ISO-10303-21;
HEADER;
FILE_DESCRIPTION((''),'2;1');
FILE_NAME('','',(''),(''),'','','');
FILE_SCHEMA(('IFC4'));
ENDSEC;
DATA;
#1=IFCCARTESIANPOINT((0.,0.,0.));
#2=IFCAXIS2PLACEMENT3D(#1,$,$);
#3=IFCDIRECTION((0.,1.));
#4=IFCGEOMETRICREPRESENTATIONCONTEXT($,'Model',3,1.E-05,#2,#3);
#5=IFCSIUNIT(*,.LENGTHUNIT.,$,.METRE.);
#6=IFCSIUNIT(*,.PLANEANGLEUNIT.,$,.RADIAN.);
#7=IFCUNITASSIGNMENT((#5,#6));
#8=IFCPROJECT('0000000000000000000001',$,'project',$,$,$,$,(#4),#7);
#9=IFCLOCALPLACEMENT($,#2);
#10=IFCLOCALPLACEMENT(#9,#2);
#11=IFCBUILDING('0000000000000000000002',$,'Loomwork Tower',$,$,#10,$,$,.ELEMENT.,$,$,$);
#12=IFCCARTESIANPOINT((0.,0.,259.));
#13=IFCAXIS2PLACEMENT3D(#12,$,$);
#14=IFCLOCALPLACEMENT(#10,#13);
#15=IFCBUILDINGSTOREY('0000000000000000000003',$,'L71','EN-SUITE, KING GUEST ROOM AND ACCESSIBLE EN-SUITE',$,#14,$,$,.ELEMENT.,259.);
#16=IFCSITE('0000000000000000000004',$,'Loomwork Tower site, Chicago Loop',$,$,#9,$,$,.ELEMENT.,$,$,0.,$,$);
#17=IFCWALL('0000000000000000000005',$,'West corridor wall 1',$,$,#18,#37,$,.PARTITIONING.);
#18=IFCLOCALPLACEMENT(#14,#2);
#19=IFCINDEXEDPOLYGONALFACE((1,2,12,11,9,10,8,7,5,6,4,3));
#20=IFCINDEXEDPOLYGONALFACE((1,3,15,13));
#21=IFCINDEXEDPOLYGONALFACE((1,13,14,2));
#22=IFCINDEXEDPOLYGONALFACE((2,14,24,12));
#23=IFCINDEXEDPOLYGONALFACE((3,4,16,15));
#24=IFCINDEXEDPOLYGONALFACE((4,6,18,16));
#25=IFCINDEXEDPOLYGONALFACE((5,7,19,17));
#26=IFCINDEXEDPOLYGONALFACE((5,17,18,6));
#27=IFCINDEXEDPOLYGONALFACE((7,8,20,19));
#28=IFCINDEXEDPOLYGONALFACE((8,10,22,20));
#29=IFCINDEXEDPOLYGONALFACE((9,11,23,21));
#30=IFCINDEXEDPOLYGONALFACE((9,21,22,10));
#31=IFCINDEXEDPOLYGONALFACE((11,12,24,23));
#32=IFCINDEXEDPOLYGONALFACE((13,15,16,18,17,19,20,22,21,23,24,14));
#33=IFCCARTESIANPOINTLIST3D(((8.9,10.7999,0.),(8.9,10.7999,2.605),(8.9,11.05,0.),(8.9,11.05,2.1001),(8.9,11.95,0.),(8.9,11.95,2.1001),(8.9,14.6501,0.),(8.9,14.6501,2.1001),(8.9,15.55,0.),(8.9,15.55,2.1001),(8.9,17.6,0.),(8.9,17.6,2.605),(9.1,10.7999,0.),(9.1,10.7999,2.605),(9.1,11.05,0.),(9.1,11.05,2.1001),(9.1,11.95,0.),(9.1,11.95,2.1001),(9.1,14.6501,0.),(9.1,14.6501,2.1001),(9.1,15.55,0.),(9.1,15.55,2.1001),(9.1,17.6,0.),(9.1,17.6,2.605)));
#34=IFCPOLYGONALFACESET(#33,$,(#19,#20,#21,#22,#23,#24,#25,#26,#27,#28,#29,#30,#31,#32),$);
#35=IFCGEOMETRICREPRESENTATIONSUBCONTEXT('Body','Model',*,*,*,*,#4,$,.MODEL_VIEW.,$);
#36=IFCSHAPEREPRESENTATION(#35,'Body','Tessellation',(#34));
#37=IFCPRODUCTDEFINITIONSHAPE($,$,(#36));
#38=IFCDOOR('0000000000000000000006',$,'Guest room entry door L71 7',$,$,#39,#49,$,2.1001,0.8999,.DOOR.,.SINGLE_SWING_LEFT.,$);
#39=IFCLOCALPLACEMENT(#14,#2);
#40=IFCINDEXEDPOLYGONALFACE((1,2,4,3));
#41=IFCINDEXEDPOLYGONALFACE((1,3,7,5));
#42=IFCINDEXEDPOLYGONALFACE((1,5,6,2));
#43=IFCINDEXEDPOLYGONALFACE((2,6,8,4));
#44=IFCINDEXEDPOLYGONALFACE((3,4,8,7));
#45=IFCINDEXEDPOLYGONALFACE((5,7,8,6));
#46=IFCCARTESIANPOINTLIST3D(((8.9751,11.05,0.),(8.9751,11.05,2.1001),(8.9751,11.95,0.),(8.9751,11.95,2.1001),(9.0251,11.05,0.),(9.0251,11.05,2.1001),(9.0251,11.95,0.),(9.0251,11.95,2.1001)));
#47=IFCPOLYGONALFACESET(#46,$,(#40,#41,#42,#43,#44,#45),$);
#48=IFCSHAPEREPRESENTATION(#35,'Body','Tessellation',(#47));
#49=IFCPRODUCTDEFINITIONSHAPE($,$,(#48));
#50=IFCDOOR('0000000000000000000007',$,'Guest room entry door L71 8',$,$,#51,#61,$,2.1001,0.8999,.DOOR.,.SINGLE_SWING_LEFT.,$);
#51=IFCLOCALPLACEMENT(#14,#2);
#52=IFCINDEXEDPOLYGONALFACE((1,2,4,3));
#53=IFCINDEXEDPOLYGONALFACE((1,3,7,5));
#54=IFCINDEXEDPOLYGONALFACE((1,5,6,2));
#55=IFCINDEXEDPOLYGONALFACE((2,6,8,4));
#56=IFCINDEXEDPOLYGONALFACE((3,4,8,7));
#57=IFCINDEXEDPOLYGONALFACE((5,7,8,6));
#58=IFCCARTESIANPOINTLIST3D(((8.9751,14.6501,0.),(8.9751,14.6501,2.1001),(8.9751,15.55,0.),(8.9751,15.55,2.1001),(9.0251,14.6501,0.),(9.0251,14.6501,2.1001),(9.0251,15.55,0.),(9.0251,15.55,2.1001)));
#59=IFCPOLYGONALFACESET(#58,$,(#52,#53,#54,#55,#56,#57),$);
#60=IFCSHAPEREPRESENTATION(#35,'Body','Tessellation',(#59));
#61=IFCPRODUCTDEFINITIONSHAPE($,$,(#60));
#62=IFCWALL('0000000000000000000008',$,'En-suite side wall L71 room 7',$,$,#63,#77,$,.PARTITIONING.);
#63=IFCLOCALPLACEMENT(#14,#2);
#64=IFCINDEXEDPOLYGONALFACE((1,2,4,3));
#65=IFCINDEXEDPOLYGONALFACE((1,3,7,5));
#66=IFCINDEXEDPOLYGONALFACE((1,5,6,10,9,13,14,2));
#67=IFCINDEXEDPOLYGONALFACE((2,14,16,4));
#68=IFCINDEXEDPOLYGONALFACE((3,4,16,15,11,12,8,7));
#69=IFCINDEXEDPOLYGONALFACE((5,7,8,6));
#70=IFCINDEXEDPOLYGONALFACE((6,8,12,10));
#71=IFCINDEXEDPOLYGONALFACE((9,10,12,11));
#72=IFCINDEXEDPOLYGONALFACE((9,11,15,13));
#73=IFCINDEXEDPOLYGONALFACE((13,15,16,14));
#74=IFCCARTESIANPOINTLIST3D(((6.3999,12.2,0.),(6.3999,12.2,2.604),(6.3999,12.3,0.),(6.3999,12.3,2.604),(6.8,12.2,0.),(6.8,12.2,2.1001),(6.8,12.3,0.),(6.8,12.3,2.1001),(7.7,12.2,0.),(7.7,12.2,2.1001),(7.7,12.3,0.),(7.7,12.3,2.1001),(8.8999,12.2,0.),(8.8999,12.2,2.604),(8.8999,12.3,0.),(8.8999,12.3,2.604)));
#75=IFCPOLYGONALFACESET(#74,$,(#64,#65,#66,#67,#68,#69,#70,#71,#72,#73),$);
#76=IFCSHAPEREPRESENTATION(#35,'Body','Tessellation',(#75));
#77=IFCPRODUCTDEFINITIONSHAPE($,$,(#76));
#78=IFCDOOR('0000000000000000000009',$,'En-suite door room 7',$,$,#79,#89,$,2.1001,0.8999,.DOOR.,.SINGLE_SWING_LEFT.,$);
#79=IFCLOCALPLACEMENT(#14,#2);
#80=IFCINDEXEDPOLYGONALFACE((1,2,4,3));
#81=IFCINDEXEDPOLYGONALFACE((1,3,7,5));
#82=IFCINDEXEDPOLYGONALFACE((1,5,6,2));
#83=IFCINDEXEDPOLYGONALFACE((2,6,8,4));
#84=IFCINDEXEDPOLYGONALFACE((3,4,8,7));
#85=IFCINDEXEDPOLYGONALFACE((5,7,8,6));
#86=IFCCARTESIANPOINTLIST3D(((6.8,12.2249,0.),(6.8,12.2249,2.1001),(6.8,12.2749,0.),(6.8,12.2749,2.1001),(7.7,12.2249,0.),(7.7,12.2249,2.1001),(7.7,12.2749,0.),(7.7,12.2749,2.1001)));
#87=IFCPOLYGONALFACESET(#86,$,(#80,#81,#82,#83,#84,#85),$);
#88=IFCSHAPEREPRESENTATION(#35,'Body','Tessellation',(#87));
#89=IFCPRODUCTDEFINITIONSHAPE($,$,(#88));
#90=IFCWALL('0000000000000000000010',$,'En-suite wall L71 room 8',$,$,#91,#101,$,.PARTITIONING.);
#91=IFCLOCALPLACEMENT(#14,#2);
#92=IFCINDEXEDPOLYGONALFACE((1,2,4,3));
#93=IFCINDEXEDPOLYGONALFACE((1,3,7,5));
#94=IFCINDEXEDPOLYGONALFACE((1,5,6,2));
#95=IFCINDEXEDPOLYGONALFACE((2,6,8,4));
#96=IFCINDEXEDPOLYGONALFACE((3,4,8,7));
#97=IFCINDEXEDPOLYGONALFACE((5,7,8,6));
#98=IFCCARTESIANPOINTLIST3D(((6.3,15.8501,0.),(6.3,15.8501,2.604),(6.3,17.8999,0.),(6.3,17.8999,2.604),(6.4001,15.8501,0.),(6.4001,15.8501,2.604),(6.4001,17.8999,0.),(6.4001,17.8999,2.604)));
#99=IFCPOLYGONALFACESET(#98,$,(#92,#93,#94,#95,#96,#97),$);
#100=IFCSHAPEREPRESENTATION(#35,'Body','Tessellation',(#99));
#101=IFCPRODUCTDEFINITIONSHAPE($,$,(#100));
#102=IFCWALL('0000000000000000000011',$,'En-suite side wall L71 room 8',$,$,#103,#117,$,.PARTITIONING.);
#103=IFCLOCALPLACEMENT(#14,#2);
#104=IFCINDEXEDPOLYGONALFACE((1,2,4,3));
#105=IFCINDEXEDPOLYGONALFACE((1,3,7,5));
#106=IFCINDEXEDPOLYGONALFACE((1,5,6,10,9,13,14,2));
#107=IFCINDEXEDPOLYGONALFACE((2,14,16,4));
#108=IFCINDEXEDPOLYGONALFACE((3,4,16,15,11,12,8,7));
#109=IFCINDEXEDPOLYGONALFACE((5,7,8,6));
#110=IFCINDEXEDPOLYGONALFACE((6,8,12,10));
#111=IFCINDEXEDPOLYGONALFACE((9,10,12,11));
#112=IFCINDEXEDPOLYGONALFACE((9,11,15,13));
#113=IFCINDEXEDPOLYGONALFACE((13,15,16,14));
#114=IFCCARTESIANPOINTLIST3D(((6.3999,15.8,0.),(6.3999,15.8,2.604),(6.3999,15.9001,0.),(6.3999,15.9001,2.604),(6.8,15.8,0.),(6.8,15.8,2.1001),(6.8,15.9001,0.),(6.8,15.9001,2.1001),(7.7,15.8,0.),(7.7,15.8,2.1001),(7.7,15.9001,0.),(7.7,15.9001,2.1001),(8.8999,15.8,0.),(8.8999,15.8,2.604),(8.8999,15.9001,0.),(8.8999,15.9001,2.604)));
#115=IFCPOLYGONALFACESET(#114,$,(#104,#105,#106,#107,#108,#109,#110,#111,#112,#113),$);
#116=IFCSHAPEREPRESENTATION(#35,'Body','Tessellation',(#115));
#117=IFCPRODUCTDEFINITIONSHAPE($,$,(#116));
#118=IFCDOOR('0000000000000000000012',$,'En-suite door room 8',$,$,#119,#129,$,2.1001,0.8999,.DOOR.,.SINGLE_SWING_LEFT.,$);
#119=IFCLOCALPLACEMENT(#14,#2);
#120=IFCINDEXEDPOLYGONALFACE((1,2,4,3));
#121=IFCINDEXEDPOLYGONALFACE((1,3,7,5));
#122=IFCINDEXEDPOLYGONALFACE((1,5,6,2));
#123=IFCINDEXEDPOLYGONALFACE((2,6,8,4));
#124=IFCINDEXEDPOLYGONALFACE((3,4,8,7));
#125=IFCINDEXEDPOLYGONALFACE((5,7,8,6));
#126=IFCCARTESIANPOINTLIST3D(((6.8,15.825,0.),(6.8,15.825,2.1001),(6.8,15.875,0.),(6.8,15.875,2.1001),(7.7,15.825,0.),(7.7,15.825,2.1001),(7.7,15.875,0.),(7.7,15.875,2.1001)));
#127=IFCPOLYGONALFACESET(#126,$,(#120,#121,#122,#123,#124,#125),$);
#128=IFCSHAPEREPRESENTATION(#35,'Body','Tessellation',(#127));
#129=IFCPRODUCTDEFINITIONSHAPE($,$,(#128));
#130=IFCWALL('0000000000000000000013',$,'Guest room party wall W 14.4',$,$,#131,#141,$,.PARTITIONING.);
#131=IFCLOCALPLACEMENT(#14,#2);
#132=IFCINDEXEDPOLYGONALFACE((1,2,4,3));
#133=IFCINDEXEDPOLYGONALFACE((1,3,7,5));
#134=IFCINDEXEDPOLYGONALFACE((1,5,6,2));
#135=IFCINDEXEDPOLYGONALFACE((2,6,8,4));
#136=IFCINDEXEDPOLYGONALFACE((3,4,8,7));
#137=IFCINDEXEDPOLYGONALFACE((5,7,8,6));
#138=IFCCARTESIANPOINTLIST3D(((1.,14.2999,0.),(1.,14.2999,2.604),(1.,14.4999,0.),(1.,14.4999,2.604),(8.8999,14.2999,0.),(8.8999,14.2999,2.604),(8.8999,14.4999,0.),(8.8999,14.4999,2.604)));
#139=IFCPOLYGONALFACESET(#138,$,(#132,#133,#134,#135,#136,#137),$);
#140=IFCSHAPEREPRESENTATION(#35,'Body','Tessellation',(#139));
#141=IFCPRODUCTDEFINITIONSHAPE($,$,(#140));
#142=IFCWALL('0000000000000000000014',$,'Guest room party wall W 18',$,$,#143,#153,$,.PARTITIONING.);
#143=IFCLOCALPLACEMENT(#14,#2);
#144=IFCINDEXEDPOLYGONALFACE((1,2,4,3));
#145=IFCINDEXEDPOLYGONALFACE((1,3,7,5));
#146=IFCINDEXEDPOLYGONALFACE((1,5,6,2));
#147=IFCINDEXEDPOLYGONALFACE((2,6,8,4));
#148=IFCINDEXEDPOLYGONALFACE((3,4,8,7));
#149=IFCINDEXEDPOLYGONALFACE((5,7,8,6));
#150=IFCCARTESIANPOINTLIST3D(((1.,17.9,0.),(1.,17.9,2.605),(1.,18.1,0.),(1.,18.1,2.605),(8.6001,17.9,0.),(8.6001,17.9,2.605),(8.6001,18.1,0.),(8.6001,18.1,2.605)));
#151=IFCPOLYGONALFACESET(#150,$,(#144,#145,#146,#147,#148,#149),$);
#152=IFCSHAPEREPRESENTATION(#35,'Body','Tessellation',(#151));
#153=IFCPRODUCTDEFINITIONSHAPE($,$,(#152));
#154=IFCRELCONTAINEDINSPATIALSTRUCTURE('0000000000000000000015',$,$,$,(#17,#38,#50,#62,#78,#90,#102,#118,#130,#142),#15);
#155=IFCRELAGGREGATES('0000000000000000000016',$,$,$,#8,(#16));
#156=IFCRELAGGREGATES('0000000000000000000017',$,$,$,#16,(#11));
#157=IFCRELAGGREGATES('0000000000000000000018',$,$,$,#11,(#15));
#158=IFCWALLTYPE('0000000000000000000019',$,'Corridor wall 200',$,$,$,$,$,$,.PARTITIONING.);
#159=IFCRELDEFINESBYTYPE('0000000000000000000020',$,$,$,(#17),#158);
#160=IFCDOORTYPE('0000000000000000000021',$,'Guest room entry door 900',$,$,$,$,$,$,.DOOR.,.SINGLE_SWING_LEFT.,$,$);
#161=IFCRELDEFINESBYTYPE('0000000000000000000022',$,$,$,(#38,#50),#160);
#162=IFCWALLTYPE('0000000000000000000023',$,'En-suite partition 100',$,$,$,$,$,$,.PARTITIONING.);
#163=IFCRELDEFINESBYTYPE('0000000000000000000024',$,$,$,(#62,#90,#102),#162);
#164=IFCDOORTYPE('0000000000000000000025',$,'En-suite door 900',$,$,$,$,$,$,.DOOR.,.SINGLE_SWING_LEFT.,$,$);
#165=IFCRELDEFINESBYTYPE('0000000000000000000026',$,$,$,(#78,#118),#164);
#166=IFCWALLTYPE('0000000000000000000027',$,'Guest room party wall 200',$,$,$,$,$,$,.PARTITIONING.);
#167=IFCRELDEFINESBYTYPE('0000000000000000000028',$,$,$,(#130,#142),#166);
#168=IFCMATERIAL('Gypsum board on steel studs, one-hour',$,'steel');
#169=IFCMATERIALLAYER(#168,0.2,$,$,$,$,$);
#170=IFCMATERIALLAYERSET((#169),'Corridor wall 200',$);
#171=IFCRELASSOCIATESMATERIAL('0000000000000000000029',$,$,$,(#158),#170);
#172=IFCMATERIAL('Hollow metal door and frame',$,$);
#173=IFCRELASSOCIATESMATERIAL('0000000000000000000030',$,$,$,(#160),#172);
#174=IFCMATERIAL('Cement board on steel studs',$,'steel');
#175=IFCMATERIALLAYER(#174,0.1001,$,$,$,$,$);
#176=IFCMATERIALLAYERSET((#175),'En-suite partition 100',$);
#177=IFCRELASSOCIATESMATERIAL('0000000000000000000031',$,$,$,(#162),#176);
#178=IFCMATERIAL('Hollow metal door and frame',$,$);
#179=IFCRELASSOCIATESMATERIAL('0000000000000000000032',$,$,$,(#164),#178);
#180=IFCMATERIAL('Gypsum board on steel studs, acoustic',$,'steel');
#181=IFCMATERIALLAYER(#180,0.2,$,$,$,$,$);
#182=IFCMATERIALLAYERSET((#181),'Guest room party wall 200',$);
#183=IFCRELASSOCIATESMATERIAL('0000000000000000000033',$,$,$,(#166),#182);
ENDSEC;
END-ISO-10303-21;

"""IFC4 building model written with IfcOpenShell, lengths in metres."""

from ifc_helpers import new_model, si_unit, direction, frame, frame_2d, origin, place, context, subcontext, project, spatial, rectangle, extrude, material, layer, layer_set, type_object, element, fill, save


model = new_model("IFC4")

# Units and contexts
model_context = context("Model", 3, precision=1e-05, world=origin(), true_north=direction((0.0, 1.0)))
body_context = subcontext(model_context, "Body", "Model", "MODEL_VIEW")
ifc_project = project(units=[si_unit("LENGTHUNIT", "METRE"), si_unit("PLANEANGLEUNIT", "RADIAN")], contexts=[model_context])

# Site, building, storey
site_placement = place(None, origin())
site = spatial("IfcSite", under=ifc_project, at=site_placement, Name="Loomwork Tower site, Chicago Loop", CompositionType="ELEMENT", RefElevation=0.0)
building_placement = place(site_placement, origin())
building = spatial("IfcBuilding", under=site, at=building_placement, Name="Loomwork Tower", CompositionType="ELEMENT")
storey_placement = place(building_placement, frame((0.0, 0.0, 259.0)))
storey = spatial("IfcBuildingStorey", under=building, at=storey_placement, Name="L71", Description="EN-SUITE, KING GUEST ROOM AND ACCESSIBLE EN-SUITE", CompositionType="ELEMENT", Elevation=259.0)

# Wall, openings, doors
ifc_material_1 = material(Name="Gypsum board on steel studs, one-hour", Category="steel")
ifc_layer_1 = layer(ifc_material_1, 0.2)
ifc_layer_set_1 = layer_set([ifc_layer_1], Name="Corridor wall 200")
wall_type_1 = type_object("IfcWallType", Name="Corridor wall 200", PredefinedType="PARTITIONING", material=ifc_layer_set_1)
wall_1_placement = place(storey_placement, frame((9.0, 10.8, 0.0), z_axis=(0.0, 0.0, 1.0), x_axis=(0.0, 1.0, 0.0)))
wall_1 = element("IfcWall", 1, at=wall_1_placement, inside=storey, type_object=wall_type_1, Name="West corridor wall 1", PredefinedType="PARTITIONING", context=body_context, shape_type="SweptSolid", body=[
    extrude(rectangle(XDim=6.8, YDim=0.2, at=frame_2d((3.3999, 0.0))), origin(), (0.0, 0.0, 1.0), 2.605),
])
opening_1_placement = place(wall_1_placement, frame((0.25, 0.0, 0.0)))
opening_1 = element("IfcOpeningElement", 2, at=opening_1_placement, cuts=wall_1, PredefinedType="OPENING", context=body_context, shape_type="SweptSolid", body=[
    extrude(rectangle(XDim=0.8999, YDim=2.1001, at=frame_2d((0.45, 1.05))), frame((0.0, 0.1099, 0.0), z_axis=(0.0, -1.0, 0.0), x_axis=(1.0, 0.0, 0.0)), (0.0, 0.0, 1.0), 0.22),
])
opening_2_placement = place(wall_1_placement, frame((3.8501, 0.0, 0.0)))
opening_2 = element("IfcOpeningElement", 3, at=opening_2_placement, cuts=wall_1, PredefinedType="OPENING", context=body_context, shape_type="SweptSolid", body=[
    extrude(rectangle(XDim=0.8999, YDim=2.1001, at=frame_2d((0.45, 1.05))), frame((0.0, 0.1099, 0.0), z_axis=(0.0, -1.0, 0.0), x_axis=(1.0, 0.0, 0.0)), (0.0, 0.0, 1.0), 0.22),
])
ifc_material_2 = material(Name="Hollow metal door and frame")
door_type_1 = type_object("IfcDoorType", Name="Guest room entry door 900", OperationType="SINGLE_SWING_LEFT", PredefinedType="DOOR", material=ifc_material_2)
door_1_placement = place(opening_1_placement, origin())
door_1 = element("IfcDoor", 4, at=door_1_placement, inside=storey, type_object=door_type_1, Name="Guest room entry door L71 7", OperationType="SINGLE_SWING_LEFT", OverallHeight=2.1001, OverallWidth=0.8999, PredefinedType="DOOR", context=body_context, shape_type="SweptSolid", body=[
    extrude(rectangle(XDim=0.8999, YDim=2.1001, at=frame_2d((0.45, 1.05))), frame((0.0, 0.0249, 0.0), z_axis=(0.0, -1.0, 0.0), x_axis=(1.0, 0.0, 0.0)), (0.0, 0.0, 1.0), 0.05),
])
fill(opening_1, door_1)
door_2_placement = place(opening_2_placement, origin())
door_2 = element("IfcDoor", 5, at=door_2_placement, inside=storey, type_object=door_type_1, Name="Guest room entry door L71 8", OperationType="SINGLE_SWING_LEFT", OverallHeight=2.1001, OverallWidth=0.8999, PredefinedType="DOOR", context=body_context, shape_type="SweptSolid", body=[
    extrude(rectangle(XDim=0.8999, YDim=2.1001, at=frame_2d((0.45, 1.05))), frame((0.0, 0.0249, 0.0), z_axis=(0.0, -1.0, 0.0), x_axis=(1.0, 0.0, 0.0)), (0.0, 0.0, 1.0), 0.05),
])
fill(opening_2, door_2)

# Wall, opening, door
ifc_material_3 = material(Name="Cement board on steel studs", Category="steel")
ifc_layer_2 = layer(ifc_material_3, 0.1001)
ifc_layer_set_2 = layer_set([ifc_layer_2], Name="En-suite partition 100")
wall_type_2 = type_object("IfcWallType", Name="En-suite partition 100", PredefinedType="PARTITIONING", material=ifc_layer_set_2)
wall_2_placement = place(storey_placement, frame((8.8999, 12.25, 0.0), z_axis=(0.0, 0.0, 1.0), x_axis=(-1.0, 0.0, 0.0)))
wall_2 = element("IfcWall", 6, at=wall_2_placement, inside=storey, type_object=wall_type_2, Name="En-suite side wall L71 room 7", PredefinedType="PARTITIONING", context=body_context, shape_type="SweptSolid", body=[
    extrude(rectangle(XDim=2.5, YDim=0.1001, at=frame_2d((1.25, 0.0))), origin(), (0.0, 0.0, 1.0), 2.604),
])
opening_3_placement = place(wall_2_placement, frame((1.2, 0.0, 0.0)))
opening_3 = element("IfcOpeningElement", 7, at=opening_3_placement, cuts=wall_2, PredefinedType="OPENING", context=body_context, shape_type="SweptSolid", body=[
    extrude(rectangle(XDim=0.8999, YDim=2.1001, at=frame_2d((0.45, 1.05))), frame((0.0, 0.0601, 0.0), z_axis=(0.0, -1.0, 0.0), x_axis=(1.0, 0.0, 0.0)), (0.0, 0.0, 1.0), 0.1201),
])
ifc_material_4 = material(Name="Hollow metal door and frame")
door_type_2 = type_object("IfcDoorType", Name="En-suite door 900", OperationType="SINGLE_SWING_LEFT", PredefinedType="DOOR", material=ifc_material_4)
door_3_placement = place(opening_3_placement, frame((0.8999, 0.0, 0.0), z_axis=(0.0, 0.0, 1.0), x_axis=(-1.0, 0.0, 0.0)))
door_3 = element("IfcDoor", 8, at=door_3_placement, inside=storey, type_object=door_type_2, Name="En-suite door room 7", OperationType="SINGLE_SWING_LEFT", OverallHeight=2.1001, OverallWidth=0.8999, PredefinedType="DOOR", context=body_context, shape_type="SweptSolid", body=[
    extrude(rectangle(XDim=0.8999, YDim=2.1001, at=frame_2d((0.45, 1.05))), frame((0.0, 0.0249, 0.0), z_axis=(0.0, -1.0, 0.0), x_axis=(1.0, 0.0, 0.0)), (0.0, 0.0, 1.0), 0.05),
])
fill(opening_3, door_3)

# Wall
wall_3_placement = place(storey_placement, frame((6.3501, 15.8501, 0.0), z_axis=(0.0, 0.0, 1.0), x_axis=(0.0, 1.0, 0.0)))
element("IfcWall", 9, at=wall_3_placement, inside=storey, type_object=wall_type_2, Name="En-suite wall L71 room 8", PredefinedType="PARTITIONING", context=body_context, shape_type="SweptSolid", body=[
    extrude(rectangle(XDim=2.0498, YDim=0.1001, at=frame_2d((1.0249, 0.0))), origin(), (0.0, 0.0, 1.0), 2.604),
])

# Wall, opening, door
wall_4_placement = place(storey_placement, frame((8.8999, 15.8501, 0.0), z_axis=(0.0, 0.0, 1.0), x_axis=(-1.0, 0.0, 0.0)))
wall_4 = element("IfcWall", 10, at=wall_4_placement, inside=storey, type_object=wall_type_2, Name="En-suite side wall L71 room 8", PredefinedType="PARTITIONING", context=body_context, shape_type="SweptSolid", body=[
    extrude(rectangle(XDim=2.5, YDim=0.1001, at=frame_2d((1.25, 0.0))), origin(), (0.0, 0.0, 1.0), 2.604),
])
opening_4_placement = place(wall_4_placement, frame((1.2, 0.0, 0.0)))
opening_4 = element("IfcOpeningElement", 11, at=opening_4_placement, cuts=wall_4, PredefinedType="OPENING", context=body_context, shape_type="SweptSolid", body=[
    extrude(rectangle(XDim=0.8999, YDim=2.1001, at=frame_2d((0.45, 1.05))), frame((0.0, 0.0601, 0.0), z_axis=(0.0, -1.0, 0.0), x_axis=(1.0, 0.0, 0.0)), (0.0, 0.0, 1.0), 0.1201),
])
door_4_placement = place(opening_4_placement, frame((0.8999, 0.0, 0.0), z_axis=(0.0, 0.0, 1.0), x_axis=(-1.0, 0.0, 0.0)))
door_4 = element("IfcDoor", 12, at=door_4_placement, inside=storey, type_object=door_type_2, Name="En-suite door room 8", OperationType="SINGLE_SWING_LEFT", OverallHeight=2.1001, OverallWidth=0.8999, PredefinedType="DOOR", context=body_context, shape_type="SweptSolid", body=[
    extrude(rectangle(XDim=0.8999, YDim=2.1001, at=frame_2d((0.45, 1.05))), frame((0.0, 0.0249, 0.0), z_axis=(0.0, -1.0, 0.0), x_axis=(1.0, 0.0, 0.0)), (0.0, 0.0, 1.0), 0.05),
])
fill(opening_4, door_4)

# Walls
ifc_material_5 = material(Name="Gypsum board on steel studs, acoustic", Category="steel")
ifc_layer_3 = layer(ifc_material_5, 0.2)
ifc_layer_set_3 = layer_set([ifc_layer_3], Name="Guest room party wall 200")
wall_type_3 = type_object("IfcWallType", Name="Guest room party wall 200", PredefinedType="PARTITIONING", material=ifc_layer_set_3)
wall_5_placement = place(storey_placement, frame((8.8999, 14.3999, 0.0), z_axis=(0.0, 0.0, 1.0), x_axis=(-1.0, 0.0, 0.0)))
element("IfcWall", 13, at=wall_5_placement, inside=storey, type_object=wall_type_3, Name="Guest room party wall W 14.4", PredefinedType="PARTITIONING", context=body_context, shape_type="SweptSolid", body=[
    extrude(rectangle(XDim=7.8999, YDim=0.2, at=frame_2d((3.95, 0.0))), origin(), (0.0, 0.0, 1.0), 2.604),
])
wall_6_placement = place(storey_placement, frame((8.6001, 18.0, 0.0), z_axis=(0.0, 0.0, 1.0), x_axis=(-1.0, 0.0, 0.0)))
element("IfcWall", 14, at=wall_6_placement, inside=storey, type_object=wall_type_3, Name="Guest room party wall W 18", PredefinedType="PARTITIONING", context=body_context, shape_type="SweptSolid", body=[
    extrude(rectangle(XDim=7.6001, YDim=0.2, at=frame_2d((3.8, 0.0))), origin(), (0.0, 0.0, 1.0), 2.605),
])

save(model, "model.ifc")
